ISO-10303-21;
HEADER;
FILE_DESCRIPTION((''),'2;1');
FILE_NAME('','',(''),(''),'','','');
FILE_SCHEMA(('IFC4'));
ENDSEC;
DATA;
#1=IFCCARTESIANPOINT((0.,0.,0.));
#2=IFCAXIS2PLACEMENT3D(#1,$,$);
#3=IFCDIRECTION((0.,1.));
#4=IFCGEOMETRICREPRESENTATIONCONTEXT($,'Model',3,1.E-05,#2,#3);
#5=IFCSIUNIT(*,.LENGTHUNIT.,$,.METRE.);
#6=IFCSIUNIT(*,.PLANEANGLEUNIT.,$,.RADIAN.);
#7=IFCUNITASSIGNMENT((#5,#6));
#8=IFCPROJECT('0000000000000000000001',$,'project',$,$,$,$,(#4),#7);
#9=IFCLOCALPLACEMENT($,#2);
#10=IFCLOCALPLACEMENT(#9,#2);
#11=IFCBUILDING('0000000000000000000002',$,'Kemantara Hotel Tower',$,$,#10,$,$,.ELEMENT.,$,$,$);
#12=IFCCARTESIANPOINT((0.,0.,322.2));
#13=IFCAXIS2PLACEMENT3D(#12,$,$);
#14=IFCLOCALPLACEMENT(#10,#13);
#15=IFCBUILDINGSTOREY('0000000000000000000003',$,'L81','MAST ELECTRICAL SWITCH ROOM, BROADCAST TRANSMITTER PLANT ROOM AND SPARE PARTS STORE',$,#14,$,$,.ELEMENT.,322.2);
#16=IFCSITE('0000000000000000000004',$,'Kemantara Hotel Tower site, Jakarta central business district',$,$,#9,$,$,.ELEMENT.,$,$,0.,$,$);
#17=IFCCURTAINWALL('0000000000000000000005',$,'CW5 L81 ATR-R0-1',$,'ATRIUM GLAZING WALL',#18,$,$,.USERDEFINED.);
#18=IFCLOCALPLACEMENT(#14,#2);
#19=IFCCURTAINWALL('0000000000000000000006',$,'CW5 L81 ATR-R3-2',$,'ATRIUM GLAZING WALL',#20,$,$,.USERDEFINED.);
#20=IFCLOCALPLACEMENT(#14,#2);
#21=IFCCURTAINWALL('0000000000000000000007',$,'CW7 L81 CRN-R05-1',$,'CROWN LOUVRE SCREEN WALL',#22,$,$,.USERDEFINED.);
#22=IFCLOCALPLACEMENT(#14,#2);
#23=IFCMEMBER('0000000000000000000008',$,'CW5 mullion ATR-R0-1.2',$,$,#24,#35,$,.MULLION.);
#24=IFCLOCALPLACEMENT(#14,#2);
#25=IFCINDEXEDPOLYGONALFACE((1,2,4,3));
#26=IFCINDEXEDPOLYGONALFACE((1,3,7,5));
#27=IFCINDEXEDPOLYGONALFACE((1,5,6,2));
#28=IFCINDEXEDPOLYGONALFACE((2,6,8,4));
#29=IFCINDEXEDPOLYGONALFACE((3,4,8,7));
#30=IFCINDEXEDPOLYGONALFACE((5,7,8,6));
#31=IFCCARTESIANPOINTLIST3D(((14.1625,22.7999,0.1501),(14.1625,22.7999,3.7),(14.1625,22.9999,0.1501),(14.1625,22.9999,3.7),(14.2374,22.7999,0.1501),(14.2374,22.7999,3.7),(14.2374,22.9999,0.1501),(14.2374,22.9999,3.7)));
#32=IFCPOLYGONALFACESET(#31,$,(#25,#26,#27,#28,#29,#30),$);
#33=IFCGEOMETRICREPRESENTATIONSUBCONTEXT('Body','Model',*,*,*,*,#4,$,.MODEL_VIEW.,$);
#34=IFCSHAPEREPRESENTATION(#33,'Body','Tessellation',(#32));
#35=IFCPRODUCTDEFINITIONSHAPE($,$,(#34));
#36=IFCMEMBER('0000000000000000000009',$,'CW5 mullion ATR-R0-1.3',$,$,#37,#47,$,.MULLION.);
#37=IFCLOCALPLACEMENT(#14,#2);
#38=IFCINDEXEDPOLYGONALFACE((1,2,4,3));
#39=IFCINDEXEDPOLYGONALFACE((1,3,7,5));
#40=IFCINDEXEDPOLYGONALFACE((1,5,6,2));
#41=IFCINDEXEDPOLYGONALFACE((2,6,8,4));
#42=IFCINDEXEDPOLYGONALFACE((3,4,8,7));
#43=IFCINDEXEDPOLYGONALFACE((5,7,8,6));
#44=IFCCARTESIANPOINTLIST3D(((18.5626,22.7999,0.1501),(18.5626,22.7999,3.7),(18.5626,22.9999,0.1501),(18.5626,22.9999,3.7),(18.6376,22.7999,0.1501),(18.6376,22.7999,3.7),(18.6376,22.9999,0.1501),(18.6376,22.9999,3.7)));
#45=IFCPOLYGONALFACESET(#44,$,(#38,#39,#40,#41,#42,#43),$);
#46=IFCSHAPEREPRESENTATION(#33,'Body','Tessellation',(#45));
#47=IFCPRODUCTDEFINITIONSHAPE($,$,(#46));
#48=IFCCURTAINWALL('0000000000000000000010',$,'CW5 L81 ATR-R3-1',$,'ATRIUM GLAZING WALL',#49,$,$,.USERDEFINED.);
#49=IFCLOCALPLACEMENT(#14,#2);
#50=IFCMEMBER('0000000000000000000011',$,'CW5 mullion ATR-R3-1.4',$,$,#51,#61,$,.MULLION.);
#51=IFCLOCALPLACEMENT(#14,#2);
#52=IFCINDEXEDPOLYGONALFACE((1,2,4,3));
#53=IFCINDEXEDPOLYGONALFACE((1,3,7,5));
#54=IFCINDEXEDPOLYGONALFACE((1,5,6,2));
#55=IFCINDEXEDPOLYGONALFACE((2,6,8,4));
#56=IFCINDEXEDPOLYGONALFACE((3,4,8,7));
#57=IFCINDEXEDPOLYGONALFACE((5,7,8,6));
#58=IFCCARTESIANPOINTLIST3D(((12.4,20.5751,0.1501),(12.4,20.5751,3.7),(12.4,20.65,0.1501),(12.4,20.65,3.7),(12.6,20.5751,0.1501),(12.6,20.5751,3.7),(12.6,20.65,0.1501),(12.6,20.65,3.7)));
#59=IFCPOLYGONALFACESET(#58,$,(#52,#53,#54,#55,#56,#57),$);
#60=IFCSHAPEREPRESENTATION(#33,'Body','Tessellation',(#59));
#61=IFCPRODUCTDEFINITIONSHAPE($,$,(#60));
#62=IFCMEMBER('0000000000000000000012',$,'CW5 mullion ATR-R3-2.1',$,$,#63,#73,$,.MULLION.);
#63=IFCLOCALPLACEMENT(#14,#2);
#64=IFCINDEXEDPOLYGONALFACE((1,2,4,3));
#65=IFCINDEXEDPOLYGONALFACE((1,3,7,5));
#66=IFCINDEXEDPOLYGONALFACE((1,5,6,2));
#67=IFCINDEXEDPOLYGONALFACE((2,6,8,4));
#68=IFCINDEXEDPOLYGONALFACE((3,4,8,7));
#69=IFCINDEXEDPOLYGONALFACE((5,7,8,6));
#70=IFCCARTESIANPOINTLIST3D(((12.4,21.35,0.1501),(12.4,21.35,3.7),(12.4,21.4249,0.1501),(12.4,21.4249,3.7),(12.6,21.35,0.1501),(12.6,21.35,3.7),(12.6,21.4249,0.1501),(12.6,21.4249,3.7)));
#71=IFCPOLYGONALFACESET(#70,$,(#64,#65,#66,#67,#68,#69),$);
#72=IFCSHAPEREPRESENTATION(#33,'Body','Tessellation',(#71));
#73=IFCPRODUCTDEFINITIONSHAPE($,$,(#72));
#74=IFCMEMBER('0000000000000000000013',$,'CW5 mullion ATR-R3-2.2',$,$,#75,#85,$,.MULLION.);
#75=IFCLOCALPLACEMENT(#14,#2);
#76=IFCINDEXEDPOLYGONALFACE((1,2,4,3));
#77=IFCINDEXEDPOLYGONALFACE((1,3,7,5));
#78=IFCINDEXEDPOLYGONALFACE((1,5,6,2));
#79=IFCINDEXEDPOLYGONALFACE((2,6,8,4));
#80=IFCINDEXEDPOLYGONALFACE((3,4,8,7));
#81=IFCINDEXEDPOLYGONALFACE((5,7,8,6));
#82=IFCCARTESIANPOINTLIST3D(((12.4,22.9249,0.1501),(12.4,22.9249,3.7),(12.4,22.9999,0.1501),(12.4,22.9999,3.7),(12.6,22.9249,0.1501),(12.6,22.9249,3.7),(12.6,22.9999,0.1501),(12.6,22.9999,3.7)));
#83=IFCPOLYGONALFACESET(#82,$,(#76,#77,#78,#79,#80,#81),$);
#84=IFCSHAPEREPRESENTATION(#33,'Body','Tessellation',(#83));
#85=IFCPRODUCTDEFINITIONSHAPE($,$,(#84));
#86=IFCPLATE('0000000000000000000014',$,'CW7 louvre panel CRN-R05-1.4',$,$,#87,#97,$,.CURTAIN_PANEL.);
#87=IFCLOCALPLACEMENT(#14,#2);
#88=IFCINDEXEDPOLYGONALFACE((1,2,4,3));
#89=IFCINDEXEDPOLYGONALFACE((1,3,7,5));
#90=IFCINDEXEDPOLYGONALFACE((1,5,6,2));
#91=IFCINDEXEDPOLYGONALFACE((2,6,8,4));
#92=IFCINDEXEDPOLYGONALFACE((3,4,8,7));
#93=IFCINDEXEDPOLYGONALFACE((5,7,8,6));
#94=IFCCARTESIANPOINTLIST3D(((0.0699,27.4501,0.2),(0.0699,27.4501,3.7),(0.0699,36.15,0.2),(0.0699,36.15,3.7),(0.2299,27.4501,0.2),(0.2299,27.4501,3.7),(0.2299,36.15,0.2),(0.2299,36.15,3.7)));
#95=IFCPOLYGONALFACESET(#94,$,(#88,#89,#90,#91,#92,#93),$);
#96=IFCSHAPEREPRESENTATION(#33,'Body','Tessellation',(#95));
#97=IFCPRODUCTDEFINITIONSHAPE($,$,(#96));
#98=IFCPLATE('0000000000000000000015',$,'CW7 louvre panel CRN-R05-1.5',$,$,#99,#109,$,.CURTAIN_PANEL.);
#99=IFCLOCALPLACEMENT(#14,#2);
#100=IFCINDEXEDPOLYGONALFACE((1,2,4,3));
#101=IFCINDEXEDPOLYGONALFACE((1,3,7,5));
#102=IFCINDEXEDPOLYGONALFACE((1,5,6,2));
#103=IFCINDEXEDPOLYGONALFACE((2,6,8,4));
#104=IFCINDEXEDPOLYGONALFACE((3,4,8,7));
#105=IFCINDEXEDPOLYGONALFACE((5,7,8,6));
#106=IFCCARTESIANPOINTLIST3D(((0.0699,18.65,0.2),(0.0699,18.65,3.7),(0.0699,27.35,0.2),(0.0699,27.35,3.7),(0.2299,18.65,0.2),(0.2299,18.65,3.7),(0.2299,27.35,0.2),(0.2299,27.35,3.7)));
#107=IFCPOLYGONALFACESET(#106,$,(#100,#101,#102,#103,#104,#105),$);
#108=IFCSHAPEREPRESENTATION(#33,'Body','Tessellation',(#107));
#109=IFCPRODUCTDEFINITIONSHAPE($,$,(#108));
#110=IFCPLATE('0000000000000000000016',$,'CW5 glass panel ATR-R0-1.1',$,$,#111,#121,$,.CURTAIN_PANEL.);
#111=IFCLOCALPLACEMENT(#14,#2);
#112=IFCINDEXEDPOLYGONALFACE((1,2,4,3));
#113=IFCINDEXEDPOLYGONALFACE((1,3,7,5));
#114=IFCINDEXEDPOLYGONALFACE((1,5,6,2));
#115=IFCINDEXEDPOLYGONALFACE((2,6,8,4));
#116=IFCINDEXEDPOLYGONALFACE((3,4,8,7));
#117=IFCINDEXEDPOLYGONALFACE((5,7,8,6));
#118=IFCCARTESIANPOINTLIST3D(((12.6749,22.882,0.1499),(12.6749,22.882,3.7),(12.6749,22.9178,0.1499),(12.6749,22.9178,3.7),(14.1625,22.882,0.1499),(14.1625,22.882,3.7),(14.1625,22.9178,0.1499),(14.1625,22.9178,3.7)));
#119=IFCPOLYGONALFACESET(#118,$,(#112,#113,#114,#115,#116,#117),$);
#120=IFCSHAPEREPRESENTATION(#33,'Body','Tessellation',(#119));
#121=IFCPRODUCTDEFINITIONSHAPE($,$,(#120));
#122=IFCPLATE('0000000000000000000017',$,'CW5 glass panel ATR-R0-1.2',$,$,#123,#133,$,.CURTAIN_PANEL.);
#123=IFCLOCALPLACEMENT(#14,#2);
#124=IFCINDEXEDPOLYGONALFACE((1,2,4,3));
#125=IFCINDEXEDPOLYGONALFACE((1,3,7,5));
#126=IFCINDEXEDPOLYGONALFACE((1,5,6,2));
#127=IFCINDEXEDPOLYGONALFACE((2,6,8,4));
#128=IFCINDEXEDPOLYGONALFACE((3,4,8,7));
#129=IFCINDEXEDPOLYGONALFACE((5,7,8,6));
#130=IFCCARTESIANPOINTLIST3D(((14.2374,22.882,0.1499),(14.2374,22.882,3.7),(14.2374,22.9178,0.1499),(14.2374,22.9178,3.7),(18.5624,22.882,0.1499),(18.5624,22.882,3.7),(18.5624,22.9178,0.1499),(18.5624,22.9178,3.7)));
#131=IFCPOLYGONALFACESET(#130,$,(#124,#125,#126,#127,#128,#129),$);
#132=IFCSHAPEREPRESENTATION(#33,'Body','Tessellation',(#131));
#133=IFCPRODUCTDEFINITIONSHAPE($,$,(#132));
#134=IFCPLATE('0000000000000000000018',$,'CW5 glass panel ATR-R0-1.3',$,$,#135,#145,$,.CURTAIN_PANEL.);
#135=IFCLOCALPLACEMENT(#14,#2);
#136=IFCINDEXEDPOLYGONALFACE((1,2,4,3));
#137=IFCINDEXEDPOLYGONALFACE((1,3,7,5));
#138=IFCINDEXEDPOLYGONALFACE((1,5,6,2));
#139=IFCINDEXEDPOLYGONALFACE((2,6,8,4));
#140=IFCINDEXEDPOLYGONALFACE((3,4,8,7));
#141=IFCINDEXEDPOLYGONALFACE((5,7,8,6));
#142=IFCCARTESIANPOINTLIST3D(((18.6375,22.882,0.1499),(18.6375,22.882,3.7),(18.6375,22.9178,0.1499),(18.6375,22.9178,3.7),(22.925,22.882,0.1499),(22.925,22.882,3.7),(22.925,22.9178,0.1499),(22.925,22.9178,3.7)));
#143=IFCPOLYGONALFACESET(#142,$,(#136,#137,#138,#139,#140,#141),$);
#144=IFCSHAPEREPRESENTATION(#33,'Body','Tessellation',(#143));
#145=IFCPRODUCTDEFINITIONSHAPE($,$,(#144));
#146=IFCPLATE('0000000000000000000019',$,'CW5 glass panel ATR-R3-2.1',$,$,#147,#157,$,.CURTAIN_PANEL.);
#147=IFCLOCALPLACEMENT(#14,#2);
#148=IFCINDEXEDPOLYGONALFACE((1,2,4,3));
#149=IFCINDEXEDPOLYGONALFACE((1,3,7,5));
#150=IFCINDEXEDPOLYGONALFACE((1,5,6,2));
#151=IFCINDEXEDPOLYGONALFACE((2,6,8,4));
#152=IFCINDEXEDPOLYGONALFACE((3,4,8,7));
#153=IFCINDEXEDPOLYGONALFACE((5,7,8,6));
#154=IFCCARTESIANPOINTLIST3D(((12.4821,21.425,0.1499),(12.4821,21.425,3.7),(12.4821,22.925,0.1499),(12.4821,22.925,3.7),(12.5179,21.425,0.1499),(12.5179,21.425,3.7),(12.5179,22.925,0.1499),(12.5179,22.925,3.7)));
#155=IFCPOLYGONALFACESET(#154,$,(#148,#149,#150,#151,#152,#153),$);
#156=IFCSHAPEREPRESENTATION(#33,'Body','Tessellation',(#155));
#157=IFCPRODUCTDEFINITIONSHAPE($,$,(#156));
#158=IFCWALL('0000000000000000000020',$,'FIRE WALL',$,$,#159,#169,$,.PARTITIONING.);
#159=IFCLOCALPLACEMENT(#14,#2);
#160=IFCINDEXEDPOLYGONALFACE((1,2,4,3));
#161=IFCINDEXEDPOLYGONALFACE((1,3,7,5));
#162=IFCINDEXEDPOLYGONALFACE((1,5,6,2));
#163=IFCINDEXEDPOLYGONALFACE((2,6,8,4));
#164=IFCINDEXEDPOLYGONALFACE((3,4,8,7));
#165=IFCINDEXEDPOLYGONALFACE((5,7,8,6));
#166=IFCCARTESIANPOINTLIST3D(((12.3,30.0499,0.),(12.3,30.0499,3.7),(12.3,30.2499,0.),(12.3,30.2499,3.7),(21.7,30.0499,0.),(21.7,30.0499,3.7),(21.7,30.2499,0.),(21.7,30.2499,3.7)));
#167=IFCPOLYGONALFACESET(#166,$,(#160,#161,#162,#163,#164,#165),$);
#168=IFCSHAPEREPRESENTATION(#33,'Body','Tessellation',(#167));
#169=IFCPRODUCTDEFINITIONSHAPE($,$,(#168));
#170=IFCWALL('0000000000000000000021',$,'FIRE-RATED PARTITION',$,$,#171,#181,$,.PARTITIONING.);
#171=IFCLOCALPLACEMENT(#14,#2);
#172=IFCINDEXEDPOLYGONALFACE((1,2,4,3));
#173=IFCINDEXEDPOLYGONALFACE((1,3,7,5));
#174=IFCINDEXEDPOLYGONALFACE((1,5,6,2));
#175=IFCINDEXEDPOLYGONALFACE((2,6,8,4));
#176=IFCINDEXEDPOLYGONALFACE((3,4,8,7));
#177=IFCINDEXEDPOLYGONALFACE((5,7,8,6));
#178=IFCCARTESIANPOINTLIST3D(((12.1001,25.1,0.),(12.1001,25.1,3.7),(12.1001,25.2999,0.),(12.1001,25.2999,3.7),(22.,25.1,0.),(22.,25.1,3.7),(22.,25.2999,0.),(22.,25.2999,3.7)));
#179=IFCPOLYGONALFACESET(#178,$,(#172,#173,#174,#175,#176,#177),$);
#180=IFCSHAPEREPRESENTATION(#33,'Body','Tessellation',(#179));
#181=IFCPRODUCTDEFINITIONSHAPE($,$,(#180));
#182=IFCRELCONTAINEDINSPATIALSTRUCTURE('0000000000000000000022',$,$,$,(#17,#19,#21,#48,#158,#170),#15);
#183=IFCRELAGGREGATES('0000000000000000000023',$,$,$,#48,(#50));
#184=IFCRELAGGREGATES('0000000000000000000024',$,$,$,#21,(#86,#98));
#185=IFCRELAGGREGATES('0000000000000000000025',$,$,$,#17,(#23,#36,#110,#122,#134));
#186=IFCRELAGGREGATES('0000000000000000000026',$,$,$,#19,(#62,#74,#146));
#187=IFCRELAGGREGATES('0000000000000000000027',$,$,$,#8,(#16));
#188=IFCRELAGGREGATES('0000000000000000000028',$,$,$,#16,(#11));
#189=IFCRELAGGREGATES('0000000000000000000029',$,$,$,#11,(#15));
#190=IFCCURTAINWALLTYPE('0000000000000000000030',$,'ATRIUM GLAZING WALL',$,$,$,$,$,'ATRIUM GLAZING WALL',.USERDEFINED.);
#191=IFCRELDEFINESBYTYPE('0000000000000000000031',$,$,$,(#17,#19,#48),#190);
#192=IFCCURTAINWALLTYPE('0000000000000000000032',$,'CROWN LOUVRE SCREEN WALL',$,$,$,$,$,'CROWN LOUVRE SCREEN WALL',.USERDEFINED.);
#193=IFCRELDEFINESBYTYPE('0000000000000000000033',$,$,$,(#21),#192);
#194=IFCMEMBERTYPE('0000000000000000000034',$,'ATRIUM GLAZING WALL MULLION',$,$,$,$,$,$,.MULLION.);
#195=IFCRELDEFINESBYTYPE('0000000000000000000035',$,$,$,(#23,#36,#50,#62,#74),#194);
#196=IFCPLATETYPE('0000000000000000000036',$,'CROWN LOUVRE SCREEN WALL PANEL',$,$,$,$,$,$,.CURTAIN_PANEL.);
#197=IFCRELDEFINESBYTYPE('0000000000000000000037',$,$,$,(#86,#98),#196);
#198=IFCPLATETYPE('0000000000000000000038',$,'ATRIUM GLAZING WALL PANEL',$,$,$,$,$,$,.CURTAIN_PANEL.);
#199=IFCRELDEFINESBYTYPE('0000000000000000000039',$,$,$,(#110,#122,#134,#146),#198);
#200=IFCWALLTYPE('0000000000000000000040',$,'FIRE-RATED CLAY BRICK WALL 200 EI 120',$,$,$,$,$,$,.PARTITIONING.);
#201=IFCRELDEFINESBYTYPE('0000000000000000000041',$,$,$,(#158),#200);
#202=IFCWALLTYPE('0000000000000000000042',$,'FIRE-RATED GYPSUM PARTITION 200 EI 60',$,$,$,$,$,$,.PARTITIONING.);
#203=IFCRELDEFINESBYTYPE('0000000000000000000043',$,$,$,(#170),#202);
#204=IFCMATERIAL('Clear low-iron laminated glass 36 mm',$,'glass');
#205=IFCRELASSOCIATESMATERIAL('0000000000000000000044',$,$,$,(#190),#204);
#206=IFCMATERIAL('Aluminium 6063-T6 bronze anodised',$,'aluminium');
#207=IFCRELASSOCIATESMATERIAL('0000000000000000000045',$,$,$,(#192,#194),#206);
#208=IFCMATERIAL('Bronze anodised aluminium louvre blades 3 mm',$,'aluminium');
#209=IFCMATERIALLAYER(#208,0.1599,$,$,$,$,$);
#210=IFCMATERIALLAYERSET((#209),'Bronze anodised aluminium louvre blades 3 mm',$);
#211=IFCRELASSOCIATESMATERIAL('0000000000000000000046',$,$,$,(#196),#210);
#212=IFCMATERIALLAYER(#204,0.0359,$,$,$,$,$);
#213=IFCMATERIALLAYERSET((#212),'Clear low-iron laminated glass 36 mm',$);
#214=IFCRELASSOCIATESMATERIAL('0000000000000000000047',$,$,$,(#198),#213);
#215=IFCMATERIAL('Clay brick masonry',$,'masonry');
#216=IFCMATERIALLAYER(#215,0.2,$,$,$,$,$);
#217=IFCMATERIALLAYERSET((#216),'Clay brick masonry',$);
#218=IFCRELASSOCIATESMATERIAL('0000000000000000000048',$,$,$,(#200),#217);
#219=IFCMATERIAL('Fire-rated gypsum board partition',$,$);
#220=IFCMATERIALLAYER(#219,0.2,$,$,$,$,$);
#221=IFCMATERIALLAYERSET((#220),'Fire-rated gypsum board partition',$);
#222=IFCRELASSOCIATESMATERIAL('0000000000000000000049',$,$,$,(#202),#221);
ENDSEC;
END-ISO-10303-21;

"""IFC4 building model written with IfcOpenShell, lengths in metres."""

from ifc_helpers import new_model, si_unit, direction, frame, frame_2d, origin, origin_2d, place, context, subcontext, project, spatial, rectangle, extrude, source, transform, mapped, material, layer, layer_set, material_profile, profile_set, type_object, element, aggregate, save


model = new_model("IFC4")

# Units and contexts
model_context = context("Model", 3, precision=1e-05, world=origin(), true_north=direction((0.0, 1.0)))
body_context = subcontext(model_context, "Body", "Model", "MODEL_VIEW")
ifc_project = project(units=[si_unit("LENGTHUNIT", "METRE"), si_unit("PLANEANGLEUNIT", "RADIAN")], contexts=[model_context])

# Site, building, storey
site_placement = place(None, origin())
site = spatial("IfcSite", under=ifc_project, at=site_placement, Name="Kemantara Hotel Tower site, Jakarta central business district", CompositionType="ELEMENT", RefElevation=0.0)
building_placement = place(site_placement, origin())
building = spatial("IfcBuilding", under=site, at=building_placement, Name="Kemantara Hotel Tower", CompositionType="ELEMENT")
storey_placement = place(building_placement, frame((0.0, 0.0, 322.2)))
storey = spatial("IfcBuildingStorey", under=building, at=storey_placement, Name="L81", Description="MAST ELECTRICAL SWITCH ROOM, BROADCAST TRANSMITTER PLANT ROOM AND SPARE PARTS STORE", CompositionType="ELEMENT", Elevation=322.2)

# Curtain walls
ifc_material_1 = material(Name="Clear low-iron laminated glass 36 mm", Category="glass")
curtain_wall_type_1 = type_object("IfcCurtainWallType", Name="ATRIUM GLAZING WALL", ElementType="ATRIUM GLAZING WALL", PredefinedType="USERDEFINED", material=ifc_material_1)
curtain_wall_1_placement = place(storey_placement, origin())
curtain_wall_1 = element("IfcCurtainWall", 1, at=curtain_wall_1_placement, inside=storey, type_object=curtain_wall_type_1, Name="CW5 L81 ATR-R0-1", ObjectType="ATRIUM GLAZING WALL", PredefinedType="USERDEFINED")
ifc_material_2 = material(Name="Aluminium 6063-T6 bronze anodised", Category="aluminium")
curtain_wall_2_placement = place(storey_placement, origin())
curtain_wall_2 = element("IfcCurtainWall", 2, at=curtain_wall_2_placement, inside=storey, type_object=curtain_wall_type_1, Name="CW5 L81 ATR-R3-2", ObjectType="ATRIUM GLAZING WALL", PredefinedType="USERDEFINED")
curtain_wall_type_2 = type_object("IfcCurtainWallType", Name="CROWN LOUVRE SCREEN WALL", ElementType="CROWN LOUVRE SCREEN WALL", PredefinedType="USERDEFINED", material=ifc_material_2)
curtain_wall_3_placement = place(storey_placement, origin())
curtain_wall_3 = element("IfcCurtainWall", 3, at=curtain_wall_3_placement, inside=storey, type_object=curtain_wall_type_2, Name="CW7 L81 CRN-R05-1", ObjectType="CROWN LOUVRE SCREEN WALL", PredefinedType="USERDEFINED")

# Members
ifc_material_profile_1 = material_profile(ifc_material_2, rectangle(XDim=0.2, YDim=0.075, at=origin_2d()), Name="ATRIUM GLAZING WALL MULLION")
ifc_profile_set_1 = profile_set([ifc_material_profile_1], Name="Aluminium 6063-T6 bronze anodised")
member_type_1 = type_object("IfcMemberType", Name="ATRIUM GLAZING WALL MULLION", PredefinedType="MULLION", material=ifc_profile_set_1)
shared_shape_1 = source(origin(), body_context, "Body", "SweptSolid", [
    extrude(rectangle(XDim=0.2, YDim=0.075, at=origin_2d()), origin(), (0.0, 0.0, 1.0), 3.5498),
])
member_1_placement = place(storey_placement, frame((14.2, 22.8999, 0.1501), z_axis=(0.0, 0.0, 1.0), x_axis=(0.0, 1.0, 0.0)))
member_1 = element("IfcMember", 4, at=member_1_placement, type_object=member_type_1, Name="CW5 mullion ATR-R0-1.2", PredefinedType="MULLION", context=body_context, shape_type="MappedRepresentation", body=[
    mapped(shared_shape_1, transform((0.0, 0.0, 0.0))),
])
member_2_placement = place(storey_placement, frame((18.6001, 22.8999, 0.1501), z_axis=(0.0, 0.0, 1.0), x_axis=(0.0, 1.0, 0.0)))
member_2 = element("IfcMember", 5, at=member_2_placement, type_object=member_type_1, Name="CW5 mullion ATR-R0-1.3", PredefinedType="MULLION", context=body_context, shape_type="MappedRepresentation", body=[
    mapped(shared_shape_1, transform((0.0, 0.0, 0.0))),
])

# Curtain wall, member
curtain_wall_4_placement = place(storey_placement, origin())
curtain_wall_4 = element("IfcCurtainWall", 6, at=curtain_wall_4_placement, inside=storey, type_object=curtain_wall_type_1, Name="CW5 L81 ATR-R3-1", ObjectType="ATRIUM GLAZING WALL", PredefinedType="USERDEFINED")
member_3_placement = place(storey_placement, frame((12.5, 20.6125, 0.1501), z_axis=(0.0, 0.0, 1.0), x_axis=(-1.0, 0.0, 0.0)))
member_3 = element("IfcMember", 7, at=member_3_placement, type_object=member_type_1, Name="CW5 mullion ATR-R3-1.4", PredefinedType="MULLION", context=body_context, shape_type="MappedRepresentation", body=[
    mapped(shared_shape_1, transform((0.0, 0.0, 0.0))),
])
aggregate(curtain_wall_4, [member_3])

# Members
member_4_placement = place(storey_placement, frame((12.5, 21.3875, 0.1501), z_axis=(0.0, 0.0, 1.0), x_axis=(-1.0, 0.0, 0.0)))
member_4 = element("IfcMember", 8, at=member_4_placement, type_object=member_type_1, Name="CW5 mullion ATR-R3-2.1", PredefinedType="MULLION", context=body_context, shape_type="MappedRepresentation", body=[
    mapped(shared_shape_1, transform((0.0, 0.0, 0.0))),
])
member_5_placement = place(storey_placement, frame((12.5, 22.9624, 0.1501), z_axis=(0.0, 0.0, 1.0), x_axis=(-1.0, 0.0, 0.0)))
member_5 = element("IfcMember", 9, at=member_5_placement, type_object=member_type_1, Name="CW5 mullion ATR-R3-2.2", PredefinedType="MULLION", context=body_context, shape_type="MappedRepresentation", body=[
    mapped(shared_shape_1, transform((0.0, 0.0, 0.0))),
])

# Plates
ifc_material_3 = material(Name="Bronze anodised aluminium louvre blades 3 mm", Category="aluminium")
ifc_layer_1 = layer(ifc_material_3, 0.1599)
ifc_layer_set_1 = layer_set([ifc_layer_1], Name="Bronze anodised aluminium louvre blades 3 mm")
plate_type_1 = type_object("IfcPlateType", Name="CROWN LOUVRE SCREEN WALL PANEL", PredefinedType="CURTAIN_PANEL", material=ifc_layer_set_1)
shared_shape_2 = source(origin(), body_context, "Body", "SweptSolid", [
    extrude(rectangle(XDim=8.7, YDim=0.1599, at=origin_2d()), origin(), (0.0, 0.0, 1.0), 3.5),
])
plate_1_placement = place(storey_placement, frame((0.1499, 31.8, 0.2), z_axis=(0.0, 0.0, 1.0), x_axis=(0.0, -1.0, 0.0)))
plate_1 = element("IfcPlate", 10, at=plate_1_placement, type_object=plate_type_1, Name="CW7 louvre panel CRN-R05-1.4", PredefinedType="CURTAIN_PANEL", context=body_context, shape_type="MappedRepresentation", body=[
    mapped(shared_shape_2, transform((0.0, 0.0, 0.0))),
])
plate_2_placement = place(storey_placement, frame((0.1499, 23.0, 0.2), z_axis=(0.0, 0.0, 1.0), x_axis=(0.0, -1.0, 0.0)))
plate_2 = element("IfcPlate", 11, at=plate_2_placement, type_object=plate_type_1, Name="CW7 louvre panel CRN-R05-1.5", PredefinedType="CURTAIN_PANEL", context=body_context, shape_type="MappedRepresentation", body=[
    mapped(shared_shape_2, transform((0.0, 0.0, 0.0))),
])
aggregate(curtain_wall_3, [plate_1, plate_2])
ifc_layer_2 = layer(ifc_material_1, 0.0359)
ifc_layer_set_2 = layer_set([ifc_layer_2], Name="Clear low-iron laminated glass 36 mm")
plate_type_2 = type_object("IfcPlateType", Name="ATRIUM GLAZING WALL PANEL", PredefinedType="CURTAIN_PANEL", material=ifc_layer_set_2)
shared_shape_3 = source(origin(), body_context, "Body", "SweptSolid", [
    extrude(rectangle(XDim=1.4875, YDim=0.0359, at=origin_2d()), origin(), (0.0, 0.0, 1.0), 3.55),
])
plate_3_placement = place(storey_placement, frame((13.4187, 22.8999, 0.1499), z_axis=(0.0, 0.0, 1.0), x_axis=(1.0, 0.0, 0.0)))
plate_3 = element("IfcPlate", 12, at=plate_3_placement, type_object=plate_type_2, Name="CW5 glass panel ATR-R0-1.1", PredefinedType="CURTAIN_PANEL", context=body_context, shape_type="MappedRepresentation", body=[
    mapped(shared_shape_3, transform((0.0, 0.0, 0.0))),
])
shared_shape_4 = source(origin(), body_context, "Body", "SweptSolid", [
    extrude(rectangle(XDim=4.325, YDim=0.0359, at=origin_2d()), origin(), (0.0, 0.0, 1.0), 3.55),
])
plate_4_placement = place(storey_placement, frame((16.3999, 22.8999, 0.1499), z_axis=(0.0, 0.0, 1.0), x_axis=(1.0, 0.0, 0.0)))
plate_4 = element("IfcPlate", 13, at=plate_4_placement, type_object=plate_type_2, Name="CW5 glass panel ATR-R0-1.2", PredefinedType="CURTAIN_PANEL", context=body_context, shape_type="MappedRepresentation", body=[
    mapped(shared_shape_4, transform((0.0, 0.0, 0.0))),
])
shared_shape_5 = source(origin(), body_context, "Body", "SweptSolid", [
    extrude(rectangle(XDim=4.2876, YDim=0.0359, at=origin_2d()), origin(), (0.0, 0.0, 1.0), 3.55),
])
plate_5_placement = place(storey_placement, frame((20.7812, 22.8999, 0.1499), z_axis=(0.0, 0.0, 1.0), x_axis=(1.0, 0.0, 0.0)))
plate_5 = element("IfcPlate", 14, at=plate_5_placement, type_object=plate_type_2, Name="CW5 glass panel ATR-R0-1.3", PredefinedType="CURTAIN_PANEL", context=body_context, shape_type="MappedRepresentation", body=[
    mapped(shared_shape_5, transform((0.0, 0.0, 0.0))),
])
aggregate(curtain_wall_1, [member_1, member_2, plate_3, plate_4, plate_5])
shared_shape_6 = source(origin(), body_context, "Body", "SweptSolid", [
    extrude(rectangle(XDim=1.5, YDim=0.0359, at=origin_2d()), origin(), (0.0, 0.0, 1.0), 3.55),
])
plate_6_placement = place(storey_placement, frame((12.5, 22.175, 0.1499), z_axis=(0.0, 0.0, 1.0), x_axis=(0.0, 1.0, 0.0)))
plate_6 = element("IfcPlate", 15, at=plate_6_placement, type_object=plate_type_2, Name="CW5 glass panel ATR-R3-2.1", PredefinedType="CURTAIN_PANEL", context=body_context, shape_type="MappedRepresentation", body=[
    mapped(shared_shape_6, transform((0.0, 0.0, 0.0))),
])
aggregate(curtain_wall_2, [member_4, member_5, plate_6])

# Walls
ifc_material_4 = material(Name="Clay brick masonry", Category="masonry")
ifc_layer_3 = layer(ifc_material_4, 0.2)
ifc_layer_set_3 = layer_set([ifc_layer_3], Name="Clay brick masonry")
wall_type_1 = type_object("IfcWallType", Name="FIRE-RATED CLAY BRICK WALL 200 EI 120", PredefinedType="PARTITIONING", material=ifc_layer_set_3)
wall_1_placement = place(storey_placement, frame((12.3, 30.1499, 0.0), z_axis=(0.0, 0.0, 1.0), x_axis=(1.0, 0.0, 0.0)))
element("IfcWall", 16, at=wall_1_placement, inside=storey, type_object=wall_type_1, Name="FIRE WALL", PredefinedType="PARTITIONING", context=body_context, shape_type="SweptSolid", body=[
    extrude(rectangle(XDim=9.3999, YDim=0.2, at=frame_2d((4.7, 0.0))), origin(), (0.0, 0.0, 1.0), 3.7),
])
ifc_material_5 = material(Name="Fire-rated gypsum board partition")
ifc_layer_4 = layer(ifc_material_5, 0.2)
ifc_layer_set_4 = layer_set([ifc_layer_4], Name="Fire-rated gypsum board partition")
wall_type_2 = type_object("IfcWallType", Name="FIRE-RATED GYPSUM PARTITION 200 EI 60", PredefinedType="PARTITIONING", material=ifc_layer_set_4)
wall_2_placement = place(storey_placement, frame((12.1001, 25.2, 0.0), z_axis=(0.0, 0.0, 1.0), x_axis=(1.0, 0.0, 0.0)))
element("IfcWall", 17, at=wall_2_placement, inside=storey, type_object=wall_type_2, Name="FIRE-RATED PARTITION", PredefinedType="PARTITIONING", context=body_context, shape_type="SweptSolid", body=[
    extrude(rectangle(XDim=9.8999, YDim=0.2, at=frame_2d((4.95, 0.0))), origin(), (0.0, 0.0, 1.0), 3.7),
])

save(model, "model.ifc")
